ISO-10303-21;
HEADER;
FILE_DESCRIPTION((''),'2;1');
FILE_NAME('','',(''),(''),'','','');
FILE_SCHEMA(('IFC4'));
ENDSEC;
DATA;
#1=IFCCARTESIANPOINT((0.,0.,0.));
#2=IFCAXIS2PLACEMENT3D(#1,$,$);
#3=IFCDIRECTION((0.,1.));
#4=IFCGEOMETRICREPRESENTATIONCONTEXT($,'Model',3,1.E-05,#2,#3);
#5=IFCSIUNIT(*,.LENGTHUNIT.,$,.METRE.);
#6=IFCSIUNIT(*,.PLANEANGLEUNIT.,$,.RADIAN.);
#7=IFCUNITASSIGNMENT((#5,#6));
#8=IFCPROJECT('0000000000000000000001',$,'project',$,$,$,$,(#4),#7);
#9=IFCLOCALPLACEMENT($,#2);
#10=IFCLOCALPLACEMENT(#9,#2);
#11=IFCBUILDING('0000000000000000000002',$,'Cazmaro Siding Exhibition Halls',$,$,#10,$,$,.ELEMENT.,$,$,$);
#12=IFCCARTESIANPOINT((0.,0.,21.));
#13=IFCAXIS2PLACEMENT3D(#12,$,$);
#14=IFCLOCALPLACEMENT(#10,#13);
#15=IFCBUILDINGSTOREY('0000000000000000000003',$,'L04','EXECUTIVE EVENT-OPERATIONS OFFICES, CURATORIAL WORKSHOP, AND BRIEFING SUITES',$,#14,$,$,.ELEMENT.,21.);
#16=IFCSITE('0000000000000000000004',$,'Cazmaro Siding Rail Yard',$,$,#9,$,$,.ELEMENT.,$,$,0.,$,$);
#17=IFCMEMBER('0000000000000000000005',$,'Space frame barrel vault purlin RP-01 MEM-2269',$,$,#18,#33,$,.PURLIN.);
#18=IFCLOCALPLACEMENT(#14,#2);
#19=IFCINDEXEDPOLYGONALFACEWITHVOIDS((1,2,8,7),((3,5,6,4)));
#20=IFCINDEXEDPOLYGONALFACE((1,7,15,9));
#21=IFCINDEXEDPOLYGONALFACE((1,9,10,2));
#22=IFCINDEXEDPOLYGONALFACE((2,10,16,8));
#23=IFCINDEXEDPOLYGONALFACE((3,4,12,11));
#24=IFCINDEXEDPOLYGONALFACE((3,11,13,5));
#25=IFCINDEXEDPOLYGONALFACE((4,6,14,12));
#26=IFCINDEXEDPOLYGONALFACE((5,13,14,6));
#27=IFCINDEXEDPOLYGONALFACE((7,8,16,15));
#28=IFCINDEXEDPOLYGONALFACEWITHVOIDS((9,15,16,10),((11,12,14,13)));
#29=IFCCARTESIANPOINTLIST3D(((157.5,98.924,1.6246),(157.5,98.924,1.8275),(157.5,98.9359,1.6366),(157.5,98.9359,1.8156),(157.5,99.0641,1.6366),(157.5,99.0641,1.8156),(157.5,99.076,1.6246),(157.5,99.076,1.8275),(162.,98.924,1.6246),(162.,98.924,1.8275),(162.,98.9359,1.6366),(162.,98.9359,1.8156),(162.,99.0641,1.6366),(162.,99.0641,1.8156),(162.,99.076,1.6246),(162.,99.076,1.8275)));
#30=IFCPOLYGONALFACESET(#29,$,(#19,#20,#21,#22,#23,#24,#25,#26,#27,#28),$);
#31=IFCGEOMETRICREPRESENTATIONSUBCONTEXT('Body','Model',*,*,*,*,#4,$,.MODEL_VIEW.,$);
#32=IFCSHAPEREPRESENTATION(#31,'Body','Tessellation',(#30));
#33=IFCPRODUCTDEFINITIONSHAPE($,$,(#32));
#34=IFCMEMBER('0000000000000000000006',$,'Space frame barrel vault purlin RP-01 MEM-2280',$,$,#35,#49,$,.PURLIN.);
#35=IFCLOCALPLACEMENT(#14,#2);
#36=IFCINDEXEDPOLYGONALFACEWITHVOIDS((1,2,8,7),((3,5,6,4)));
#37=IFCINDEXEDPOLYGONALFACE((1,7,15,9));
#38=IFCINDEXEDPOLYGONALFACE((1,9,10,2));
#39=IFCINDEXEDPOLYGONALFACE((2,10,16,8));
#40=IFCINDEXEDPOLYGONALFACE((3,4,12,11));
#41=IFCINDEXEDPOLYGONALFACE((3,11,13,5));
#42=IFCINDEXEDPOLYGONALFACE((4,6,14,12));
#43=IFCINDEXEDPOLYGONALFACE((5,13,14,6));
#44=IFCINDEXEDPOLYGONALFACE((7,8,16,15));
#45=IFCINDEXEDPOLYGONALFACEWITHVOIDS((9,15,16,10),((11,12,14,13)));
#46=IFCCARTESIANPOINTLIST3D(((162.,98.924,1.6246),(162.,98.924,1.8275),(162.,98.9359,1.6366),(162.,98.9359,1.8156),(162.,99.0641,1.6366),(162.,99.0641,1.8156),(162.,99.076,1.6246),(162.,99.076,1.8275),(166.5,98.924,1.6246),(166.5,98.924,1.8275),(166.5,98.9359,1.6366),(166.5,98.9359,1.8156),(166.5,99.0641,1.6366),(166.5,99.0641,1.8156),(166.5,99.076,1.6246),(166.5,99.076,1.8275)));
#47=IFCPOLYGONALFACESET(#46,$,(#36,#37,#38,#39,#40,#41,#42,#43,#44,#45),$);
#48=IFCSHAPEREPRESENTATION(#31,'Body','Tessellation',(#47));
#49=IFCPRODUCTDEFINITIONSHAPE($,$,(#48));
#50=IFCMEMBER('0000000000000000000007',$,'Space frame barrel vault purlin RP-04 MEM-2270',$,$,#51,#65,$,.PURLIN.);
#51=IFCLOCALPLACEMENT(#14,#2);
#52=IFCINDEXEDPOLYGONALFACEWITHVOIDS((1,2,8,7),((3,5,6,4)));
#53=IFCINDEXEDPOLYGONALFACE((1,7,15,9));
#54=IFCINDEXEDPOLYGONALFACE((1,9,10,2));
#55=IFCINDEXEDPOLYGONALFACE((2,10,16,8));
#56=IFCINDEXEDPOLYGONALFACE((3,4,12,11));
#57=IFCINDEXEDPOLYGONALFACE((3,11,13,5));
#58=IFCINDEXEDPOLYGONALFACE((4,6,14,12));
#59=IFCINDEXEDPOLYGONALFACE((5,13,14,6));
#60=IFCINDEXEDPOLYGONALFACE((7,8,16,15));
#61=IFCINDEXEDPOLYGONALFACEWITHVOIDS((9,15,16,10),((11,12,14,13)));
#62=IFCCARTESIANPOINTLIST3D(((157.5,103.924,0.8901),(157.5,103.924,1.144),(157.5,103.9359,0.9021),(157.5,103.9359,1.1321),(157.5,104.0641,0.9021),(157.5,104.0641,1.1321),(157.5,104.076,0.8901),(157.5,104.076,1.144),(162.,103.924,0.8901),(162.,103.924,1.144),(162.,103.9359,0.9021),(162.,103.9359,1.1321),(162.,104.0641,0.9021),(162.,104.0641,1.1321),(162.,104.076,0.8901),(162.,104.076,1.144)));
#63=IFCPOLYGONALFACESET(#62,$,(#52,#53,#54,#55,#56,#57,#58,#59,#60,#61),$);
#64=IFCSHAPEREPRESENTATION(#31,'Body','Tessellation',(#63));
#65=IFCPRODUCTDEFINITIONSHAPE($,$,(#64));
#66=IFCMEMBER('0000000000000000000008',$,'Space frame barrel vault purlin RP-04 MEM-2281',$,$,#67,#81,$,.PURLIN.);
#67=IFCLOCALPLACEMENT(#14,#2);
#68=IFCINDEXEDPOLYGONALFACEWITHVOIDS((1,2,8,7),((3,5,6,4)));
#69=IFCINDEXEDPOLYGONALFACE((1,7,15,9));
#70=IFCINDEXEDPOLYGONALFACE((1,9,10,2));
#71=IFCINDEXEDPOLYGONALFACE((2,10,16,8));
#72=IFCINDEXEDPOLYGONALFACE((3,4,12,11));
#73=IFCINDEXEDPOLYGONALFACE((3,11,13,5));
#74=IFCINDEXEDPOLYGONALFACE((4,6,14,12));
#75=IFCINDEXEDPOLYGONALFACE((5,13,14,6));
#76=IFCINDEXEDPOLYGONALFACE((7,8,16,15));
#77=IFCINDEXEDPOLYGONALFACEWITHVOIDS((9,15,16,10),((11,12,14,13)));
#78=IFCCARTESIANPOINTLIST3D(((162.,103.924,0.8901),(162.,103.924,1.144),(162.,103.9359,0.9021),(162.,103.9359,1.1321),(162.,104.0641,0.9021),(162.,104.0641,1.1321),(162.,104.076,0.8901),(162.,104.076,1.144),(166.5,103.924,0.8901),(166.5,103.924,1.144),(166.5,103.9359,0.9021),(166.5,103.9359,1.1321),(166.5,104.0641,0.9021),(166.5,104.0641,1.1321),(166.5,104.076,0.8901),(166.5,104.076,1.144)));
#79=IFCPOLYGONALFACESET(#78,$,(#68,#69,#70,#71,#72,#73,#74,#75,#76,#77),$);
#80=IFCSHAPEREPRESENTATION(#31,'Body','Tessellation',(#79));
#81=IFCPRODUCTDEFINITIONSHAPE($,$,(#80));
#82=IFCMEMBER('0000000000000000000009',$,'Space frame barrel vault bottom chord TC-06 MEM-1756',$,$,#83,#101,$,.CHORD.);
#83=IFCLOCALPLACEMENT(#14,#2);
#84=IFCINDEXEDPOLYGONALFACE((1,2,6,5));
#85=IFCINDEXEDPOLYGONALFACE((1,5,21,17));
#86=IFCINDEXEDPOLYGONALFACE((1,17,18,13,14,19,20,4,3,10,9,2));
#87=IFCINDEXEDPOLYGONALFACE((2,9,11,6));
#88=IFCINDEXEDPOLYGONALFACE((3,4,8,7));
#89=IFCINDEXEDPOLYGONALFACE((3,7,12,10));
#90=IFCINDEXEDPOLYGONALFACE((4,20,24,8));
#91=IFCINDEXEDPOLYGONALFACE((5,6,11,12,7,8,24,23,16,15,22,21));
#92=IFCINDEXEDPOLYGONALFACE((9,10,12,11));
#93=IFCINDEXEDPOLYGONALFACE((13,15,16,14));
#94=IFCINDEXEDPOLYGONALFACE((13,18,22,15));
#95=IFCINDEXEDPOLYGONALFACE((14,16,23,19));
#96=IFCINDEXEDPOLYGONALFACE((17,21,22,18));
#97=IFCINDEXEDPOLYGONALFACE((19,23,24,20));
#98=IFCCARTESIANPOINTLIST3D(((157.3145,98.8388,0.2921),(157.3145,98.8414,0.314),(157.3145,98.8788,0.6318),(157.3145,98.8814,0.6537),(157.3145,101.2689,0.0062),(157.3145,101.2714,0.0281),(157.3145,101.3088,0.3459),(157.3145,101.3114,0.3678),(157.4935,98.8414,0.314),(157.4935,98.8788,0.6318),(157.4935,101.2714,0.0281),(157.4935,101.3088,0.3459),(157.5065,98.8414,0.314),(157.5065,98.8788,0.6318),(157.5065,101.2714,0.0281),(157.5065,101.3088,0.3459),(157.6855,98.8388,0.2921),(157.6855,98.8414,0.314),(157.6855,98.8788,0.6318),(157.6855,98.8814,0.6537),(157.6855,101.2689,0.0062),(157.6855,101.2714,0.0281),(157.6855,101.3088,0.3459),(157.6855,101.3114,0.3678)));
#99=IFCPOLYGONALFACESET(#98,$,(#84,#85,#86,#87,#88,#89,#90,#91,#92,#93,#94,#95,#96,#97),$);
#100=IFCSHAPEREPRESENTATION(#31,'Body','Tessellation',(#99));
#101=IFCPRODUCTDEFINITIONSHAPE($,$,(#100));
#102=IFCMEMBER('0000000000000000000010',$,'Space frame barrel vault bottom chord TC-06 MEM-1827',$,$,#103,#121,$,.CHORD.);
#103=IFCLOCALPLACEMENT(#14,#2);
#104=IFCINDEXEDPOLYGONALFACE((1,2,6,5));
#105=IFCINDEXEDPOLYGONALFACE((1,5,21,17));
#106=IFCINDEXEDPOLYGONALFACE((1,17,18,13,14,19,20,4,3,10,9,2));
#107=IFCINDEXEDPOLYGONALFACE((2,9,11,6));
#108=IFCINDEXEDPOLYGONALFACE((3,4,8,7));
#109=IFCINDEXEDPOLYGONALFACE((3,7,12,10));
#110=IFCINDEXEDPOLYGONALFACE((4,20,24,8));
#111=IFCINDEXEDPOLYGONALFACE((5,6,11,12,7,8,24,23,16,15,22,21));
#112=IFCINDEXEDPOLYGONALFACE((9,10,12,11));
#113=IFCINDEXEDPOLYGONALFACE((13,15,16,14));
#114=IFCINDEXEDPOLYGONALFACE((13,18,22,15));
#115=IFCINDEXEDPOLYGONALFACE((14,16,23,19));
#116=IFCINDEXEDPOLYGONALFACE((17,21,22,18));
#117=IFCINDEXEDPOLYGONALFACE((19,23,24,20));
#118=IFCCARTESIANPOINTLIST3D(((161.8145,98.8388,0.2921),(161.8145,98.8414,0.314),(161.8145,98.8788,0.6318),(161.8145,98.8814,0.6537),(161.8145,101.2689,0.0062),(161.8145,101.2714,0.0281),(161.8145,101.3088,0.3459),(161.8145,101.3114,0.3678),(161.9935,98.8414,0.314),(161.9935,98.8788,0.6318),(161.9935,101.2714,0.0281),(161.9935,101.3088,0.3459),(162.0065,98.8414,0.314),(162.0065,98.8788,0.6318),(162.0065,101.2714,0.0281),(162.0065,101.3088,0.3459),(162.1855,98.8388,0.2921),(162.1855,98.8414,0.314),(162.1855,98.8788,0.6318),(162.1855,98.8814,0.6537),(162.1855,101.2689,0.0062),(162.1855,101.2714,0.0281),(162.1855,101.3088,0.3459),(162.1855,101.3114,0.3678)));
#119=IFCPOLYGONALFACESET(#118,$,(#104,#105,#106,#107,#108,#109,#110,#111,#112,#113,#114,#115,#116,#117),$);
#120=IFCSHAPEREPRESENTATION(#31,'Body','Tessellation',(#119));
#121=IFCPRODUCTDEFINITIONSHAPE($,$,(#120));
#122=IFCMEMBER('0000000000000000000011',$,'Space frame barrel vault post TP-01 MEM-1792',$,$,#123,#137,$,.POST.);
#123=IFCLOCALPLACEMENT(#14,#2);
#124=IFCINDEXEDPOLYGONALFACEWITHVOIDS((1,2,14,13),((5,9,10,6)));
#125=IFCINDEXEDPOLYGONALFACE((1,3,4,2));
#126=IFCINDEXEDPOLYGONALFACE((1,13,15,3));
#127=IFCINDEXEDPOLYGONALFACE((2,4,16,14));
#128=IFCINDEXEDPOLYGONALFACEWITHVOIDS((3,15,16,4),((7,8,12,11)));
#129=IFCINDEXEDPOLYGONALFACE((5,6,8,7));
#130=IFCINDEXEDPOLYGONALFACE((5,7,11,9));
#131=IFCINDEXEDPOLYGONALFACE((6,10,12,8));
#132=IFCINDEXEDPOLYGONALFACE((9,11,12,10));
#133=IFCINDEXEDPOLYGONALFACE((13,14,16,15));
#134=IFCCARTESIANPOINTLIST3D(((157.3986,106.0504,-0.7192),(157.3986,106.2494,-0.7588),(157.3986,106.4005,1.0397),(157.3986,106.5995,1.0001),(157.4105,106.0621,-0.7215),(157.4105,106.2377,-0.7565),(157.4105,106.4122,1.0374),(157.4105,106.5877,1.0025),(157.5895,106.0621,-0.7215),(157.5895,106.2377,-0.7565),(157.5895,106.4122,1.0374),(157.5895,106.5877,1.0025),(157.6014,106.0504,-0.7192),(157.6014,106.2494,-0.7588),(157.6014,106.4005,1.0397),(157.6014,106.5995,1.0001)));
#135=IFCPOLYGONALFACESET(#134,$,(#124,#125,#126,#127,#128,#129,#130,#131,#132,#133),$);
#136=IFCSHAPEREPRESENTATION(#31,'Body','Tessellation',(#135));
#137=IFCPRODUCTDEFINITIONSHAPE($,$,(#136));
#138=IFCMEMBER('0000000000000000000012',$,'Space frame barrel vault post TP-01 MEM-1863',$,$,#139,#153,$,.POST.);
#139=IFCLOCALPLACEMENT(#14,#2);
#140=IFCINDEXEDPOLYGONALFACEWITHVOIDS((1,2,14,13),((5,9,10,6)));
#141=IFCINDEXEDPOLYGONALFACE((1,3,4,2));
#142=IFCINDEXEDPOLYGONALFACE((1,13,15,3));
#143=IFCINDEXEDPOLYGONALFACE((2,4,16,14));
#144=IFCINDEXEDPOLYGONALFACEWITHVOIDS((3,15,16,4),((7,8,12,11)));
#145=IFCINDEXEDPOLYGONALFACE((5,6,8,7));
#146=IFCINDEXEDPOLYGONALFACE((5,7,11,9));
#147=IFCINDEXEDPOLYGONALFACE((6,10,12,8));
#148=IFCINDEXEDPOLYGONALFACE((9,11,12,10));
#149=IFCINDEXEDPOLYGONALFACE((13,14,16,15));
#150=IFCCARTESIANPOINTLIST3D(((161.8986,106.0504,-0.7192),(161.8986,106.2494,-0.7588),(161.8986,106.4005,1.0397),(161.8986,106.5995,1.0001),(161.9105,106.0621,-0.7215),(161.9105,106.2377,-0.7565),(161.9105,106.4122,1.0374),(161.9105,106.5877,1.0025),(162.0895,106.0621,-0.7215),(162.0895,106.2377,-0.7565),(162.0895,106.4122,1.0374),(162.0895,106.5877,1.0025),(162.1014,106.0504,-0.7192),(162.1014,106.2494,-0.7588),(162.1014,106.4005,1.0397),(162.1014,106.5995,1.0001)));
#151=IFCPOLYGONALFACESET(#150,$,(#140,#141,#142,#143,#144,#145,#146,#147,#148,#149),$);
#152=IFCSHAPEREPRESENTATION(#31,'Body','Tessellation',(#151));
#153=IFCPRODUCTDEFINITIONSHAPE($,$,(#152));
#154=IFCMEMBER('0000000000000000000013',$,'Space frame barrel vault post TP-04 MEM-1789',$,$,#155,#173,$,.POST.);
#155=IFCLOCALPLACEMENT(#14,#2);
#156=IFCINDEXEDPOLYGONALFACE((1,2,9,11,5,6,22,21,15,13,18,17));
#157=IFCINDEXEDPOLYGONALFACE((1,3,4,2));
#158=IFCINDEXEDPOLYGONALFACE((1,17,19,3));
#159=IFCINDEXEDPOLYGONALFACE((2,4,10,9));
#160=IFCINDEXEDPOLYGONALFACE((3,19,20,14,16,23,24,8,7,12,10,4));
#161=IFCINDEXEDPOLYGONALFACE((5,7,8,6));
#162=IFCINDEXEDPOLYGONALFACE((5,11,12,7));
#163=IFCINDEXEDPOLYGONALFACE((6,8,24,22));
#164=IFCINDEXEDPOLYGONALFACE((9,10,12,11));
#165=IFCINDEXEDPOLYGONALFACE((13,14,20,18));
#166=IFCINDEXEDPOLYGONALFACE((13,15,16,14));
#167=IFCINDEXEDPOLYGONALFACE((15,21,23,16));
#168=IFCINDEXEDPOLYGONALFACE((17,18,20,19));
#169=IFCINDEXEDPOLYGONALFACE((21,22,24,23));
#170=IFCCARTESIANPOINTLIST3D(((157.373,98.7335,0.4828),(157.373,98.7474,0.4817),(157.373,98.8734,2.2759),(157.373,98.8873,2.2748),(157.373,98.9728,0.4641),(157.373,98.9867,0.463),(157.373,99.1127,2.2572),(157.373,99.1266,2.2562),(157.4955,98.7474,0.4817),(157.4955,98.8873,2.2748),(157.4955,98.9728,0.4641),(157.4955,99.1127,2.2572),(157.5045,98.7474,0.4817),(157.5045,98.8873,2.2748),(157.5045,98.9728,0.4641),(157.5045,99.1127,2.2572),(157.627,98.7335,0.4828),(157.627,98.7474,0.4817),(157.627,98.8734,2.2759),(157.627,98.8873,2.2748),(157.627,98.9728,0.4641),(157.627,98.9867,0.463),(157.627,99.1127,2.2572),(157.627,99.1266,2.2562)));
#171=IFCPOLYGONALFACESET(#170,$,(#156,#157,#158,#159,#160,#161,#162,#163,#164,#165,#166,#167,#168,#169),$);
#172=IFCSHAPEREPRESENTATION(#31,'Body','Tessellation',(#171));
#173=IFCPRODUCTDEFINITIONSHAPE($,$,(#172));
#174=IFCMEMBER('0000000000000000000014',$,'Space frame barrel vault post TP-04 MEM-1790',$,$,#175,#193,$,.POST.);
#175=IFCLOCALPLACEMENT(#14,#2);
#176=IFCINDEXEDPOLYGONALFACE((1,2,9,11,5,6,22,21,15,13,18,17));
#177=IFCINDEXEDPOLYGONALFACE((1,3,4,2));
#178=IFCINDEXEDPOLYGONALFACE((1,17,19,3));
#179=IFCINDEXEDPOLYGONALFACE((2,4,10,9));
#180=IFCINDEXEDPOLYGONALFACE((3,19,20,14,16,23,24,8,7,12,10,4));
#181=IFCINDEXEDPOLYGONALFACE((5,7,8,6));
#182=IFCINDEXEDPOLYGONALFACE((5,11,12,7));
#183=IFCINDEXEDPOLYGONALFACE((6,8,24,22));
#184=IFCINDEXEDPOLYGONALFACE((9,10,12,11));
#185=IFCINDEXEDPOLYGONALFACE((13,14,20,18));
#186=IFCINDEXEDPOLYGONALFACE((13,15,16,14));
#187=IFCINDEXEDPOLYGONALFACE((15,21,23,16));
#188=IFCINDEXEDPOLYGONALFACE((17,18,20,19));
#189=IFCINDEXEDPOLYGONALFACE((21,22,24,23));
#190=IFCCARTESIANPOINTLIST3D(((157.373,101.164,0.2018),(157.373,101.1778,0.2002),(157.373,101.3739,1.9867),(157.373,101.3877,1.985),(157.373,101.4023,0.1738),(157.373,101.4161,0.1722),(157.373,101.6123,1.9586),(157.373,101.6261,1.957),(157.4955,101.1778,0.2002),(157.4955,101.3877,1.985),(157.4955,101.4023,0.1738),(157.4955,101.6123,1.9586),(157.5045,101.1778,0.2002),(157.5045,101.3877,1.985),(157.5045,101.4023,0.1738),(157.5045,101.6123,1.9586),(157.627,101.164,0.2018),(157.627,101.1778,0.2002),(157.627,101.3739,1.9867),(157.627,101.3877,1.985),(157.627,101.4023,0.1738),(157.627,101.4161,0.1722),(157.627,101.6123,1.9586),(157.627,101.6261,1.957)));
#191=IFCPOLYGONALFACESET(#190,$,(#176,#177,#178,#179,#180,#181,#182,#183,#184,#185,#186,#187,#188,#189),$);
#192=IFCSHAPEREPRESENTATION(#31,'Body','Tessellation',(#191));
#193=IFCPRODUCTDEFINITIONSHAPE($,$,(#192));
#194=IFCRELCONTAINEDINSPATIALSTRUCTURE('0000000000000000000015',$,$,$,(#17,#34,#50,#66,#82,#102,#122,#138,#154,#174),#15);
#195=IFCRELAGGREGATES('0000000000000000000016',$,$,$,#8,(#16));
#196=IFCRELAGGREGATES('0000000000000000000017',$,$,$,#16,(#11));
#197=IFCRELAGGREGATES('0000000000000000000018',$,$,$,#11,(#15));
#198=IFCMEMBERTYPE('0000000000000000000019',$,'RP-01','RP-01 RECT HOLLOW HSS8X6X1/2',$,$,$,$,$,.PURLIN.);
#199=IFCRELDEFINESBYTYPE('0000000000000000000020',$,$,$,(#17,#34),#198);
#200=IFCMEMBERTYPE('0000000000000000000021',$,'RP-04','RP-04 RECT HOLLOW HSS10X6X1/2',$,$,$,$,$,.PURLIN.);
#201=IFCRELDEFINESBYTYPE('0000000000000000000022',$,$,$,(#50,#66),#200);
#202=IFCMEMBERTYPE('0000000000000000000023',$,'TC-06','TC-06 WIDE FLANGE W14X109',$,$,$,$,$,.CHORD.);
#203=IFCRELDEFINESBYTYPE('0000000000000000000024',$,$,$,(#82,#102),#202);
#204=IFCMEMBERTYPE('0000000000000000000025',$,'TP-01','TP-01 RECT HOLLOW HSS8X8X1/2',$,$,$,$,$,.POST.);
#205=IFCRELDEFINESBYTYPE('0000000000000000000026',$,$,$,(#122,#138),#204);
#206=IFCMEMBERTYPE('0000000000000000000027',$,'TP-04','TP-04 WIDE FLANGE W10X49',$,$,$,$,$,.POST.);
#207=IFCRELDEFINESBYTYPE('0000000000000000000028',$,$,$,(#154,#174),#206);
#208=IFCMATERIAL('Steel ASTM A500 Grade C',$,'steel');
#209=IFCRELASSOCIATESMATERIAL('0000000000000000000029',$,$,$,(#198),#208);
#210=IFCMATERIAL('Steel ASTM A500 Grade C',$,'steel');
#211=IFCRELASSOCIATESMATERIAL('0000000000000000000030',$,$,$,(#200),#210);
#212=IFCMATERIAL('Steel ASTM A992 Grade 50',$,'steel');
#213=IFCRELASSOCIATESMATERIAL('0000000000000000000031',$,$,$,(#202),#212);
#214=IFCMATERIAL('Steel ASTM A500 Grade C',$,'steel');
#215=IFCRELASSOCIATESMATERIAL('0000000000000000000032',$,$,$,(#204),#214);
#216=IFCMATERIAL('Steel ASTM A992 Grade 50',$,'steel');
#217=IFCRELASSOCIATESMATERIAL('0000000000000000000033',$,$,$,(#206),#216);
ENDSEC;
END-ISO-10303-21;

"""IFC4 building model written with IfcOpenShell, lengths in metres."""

from ifc_helpers import new_model, si_unit, direction, frame, origin, origin_2d, place, context, subcontext, project, spatial, hollow_rectangle, i_section, extrude, material, material_profile, profile_set, type_object, element, save


model = new_model("IFC4")

# Units and contexts
model_context = context("Model", 3, precision=1e-05, world=origin(), true_north=direction((0.0, 1.0)))
body_context = subcontext(model_context, "Body", "Model", "MODEL_VIEW")
ifc_project = project(units=[si_unit("LENGTHUNIT", "METRE"), si_unit("PLANEANGLEUNIT", "RADIAN")], contexts=[model_context])

# Site, building, storey
site_placement = place(None, origin())
site = spatial("IfcSite", under=ifc_project, at=site_placement, Name="Cazmaro Siding Rail Yard", CompositionType="ELEMENT", RefElevation=0.0)
building_placement = place(site_placement, origin())
building = spatial("IfcBuilding", under=site, at=building_placement, Name="Cazmaro Siding Exhibition Halls", CompositionType="ELEMENT")
storey_placement = place(building_placement, frame((0.0, 0.0, 21.0)))
storey = spatial("IfcBuildingStorey", under=building, at=storey_placement, Name="L04", Description="EXECUTIVE EVENT-OPERATIONS OFFICES, CURATORIAL WORKSHOP, AND BRIEFING SUITES", CompositionType="ELEMENT", Elevation=21.0)

# Members
ifc_material_1 = material(Name="Steel ASTM A500 Grade C", Category="steel")
ifc_material_profile_1 = material_profile(ifc_material_1, hollow_rectangle(XDim=0.1521, YDim=0.2029, WallThickness=0.012, at=origin_2d()), Name="HSS8X6X1/2")
ifc_profile_set_1 = profile_set([ifc_material_profile_1], Name="Steel ASTM A500 Grade C")
member_type_1 = type_object("IfcMemberType", Name="RP-01", Description="RP-01 RECT HOLLOW HSS8X6X1/2", PredefinedType="PURLIN", material=ifc_profile_set_1)
for number, where, z_axis, x_axis, name in (
    (1, (157.5, 99.0, 1.7261), (1.0, 0.0, 0.0), (0.0, 1.0, 0.0), "Space frame barrel vault purlin RP-01 MEM-2269"),
    (2, (162.0, 99.0, 1.7261), (1.0, 0.0, 0.0), (0.0, 1.0, 0.0), "Space frame barrel vault purlin RP-01 MEM-2280"),
):
    element("IfcMember", number, at=place(storey_placement, frame(where, z_axis=z_axis, x_axis=x_axis)), inside=storey, type_object=member_type_1, Name=name, PredefinedType="PURLIN", context=body_context, shape_type="SweptSolid", body=[
        extrude(hollow_rectangle(XDim=0.1521, YDim=0.2029, WallThickness=0.012, at=origin_2d()), origin(), (0.0, 0.0, 1.0), 4.5),
    ])
ifc_material_2 = material(Name="Steel ASTM A500 Grade C", Category="steel")
ifc_material_profile_2 = material_profile(ifc_material_2, hollow_rectangle(XDim=0.1521, YDim=0.2539, WallThickness=0.012, at=origin_2d()), Name="HSS10X6X1/2")
ifc_profile_set_2 = profile_set([ifc_material_profile_2], Name="Steel ASTM A500 Grade C")
member_type_2 = type_object("IfcMemberType", Name="RP-04", Description="RP-04 RECT HOLLOW HSS10X6X1/2", PredefinedType="PURLIN", material=ifc_profile_set_2)
for number, where, z_axis, x_axis, name in (
    (3, (157.5, 104.0, 1.0171), (1.0, 0.0, 0.0), (0.0, 1.0, 0.0), "Space frame barrel vault purlin RP-04 MEM-2270"),
    (4, (162.0, 104.0, 1.0171), (1.0, 0.0, 0.0), (0.0, 1.0, 0.0), "Space frame barrel vault purlin RP-04 MEM-2281"),
):
    element("IfcMember", number, at=place(storey_placement, frame(where, z_axis=z_axis, x_axis=x_axis)), inside=storey, type_object=member_type_2, Name=name, PredefinedType="PURLIN", context=body_context, shape_type="SweptSolid", body=[
        extrude(hollow_rectangle(XDim=0.1521, YDim=0.2539, WallThickness=0.012, at=origin_2d()), origin(), (0.0, 0.0, 1.0), 4.5),
    ])
ifc_material_3 = material(Name="Steel ASTM A992 Grade 50", Category="steel")
ifc_material_profile_3 = material_profile(ifc_material_3, i_section(OverallWidth=0.3711, OverallDepth=0.364, WebThickness=0.0129, FlangeThickness=0.022, at=origin_2d()), Name="W14X109")
ifc_profile_set_3 = profile_set([ifc_material_profile_3], Name="Steel ASTM A992 Grade 50")
member_type_3 = type_object("IfcMemberType", Name="TC-06", Description="TC-06 WIDE FLANGE W14X109", PredefinedType="CHORD", material=ifc_profile_set_3)
for number, where, z_axis, x_axis, name in (
    (5, (157.5, 98.8601, 0.4729), (0.0, 0.99315, -0.116847), (-1.0, 0.0, 0.0), "Space frame barrel vault bottom chord TC-06 MEM-1756"),
    (6, (162.0, 98.8601, 0.4729), (0.0, 0.99315, -0.116847), (-1.0, 0.0, 0.0), "Space frame barrel vault bottom chord TC-06 MEM-1827"),
):
    element("IfcMember", number, at=place(storey_placement, frame(where, z_axis=z_axis, x_axis=x_axis)), inside=storey, type_object=member_type_3, Name=name, PredefinedType="CHORD", context=body_context, shape_type="SweptSolid", body=[
        extrude(i_section(OverallWidth=0.3711, OverallDepth=0.364, WebThickness=0.0129, FlangeThickness=0.022, at=origin_2d()), origin(), (0.0, 0.0, 1.0), 2.4468),
    ])
ifc_material_4 = material(Name="Steel ASTM A500 Grade C", Category="steel")
ifc_material_profile_4 = material_profile(ifc_material_4, hollow_rectangle(XDim=0.2029, YDim=0.2029, WallThickness=0.012, at=origin_2d()), Name="HSS8X8X1/2")
ifc_profile_set_4 = profile_set([ifc_material_profile_4], Name="Steel ASTM A500 Grade C")
member_type_4 = type_object("IfcMemberType", Name="TP-01", Description="TP-01 RECT HOLLOW HSS8X8X1/2", PredefinedType="POST", material=ifc_profile_set_4)
for number, where, z_axis, x_axis, name in (
    (7, (157.5, 106.1499, -0.739), (0.0, 0.1952, 0.980763), (-1.0, 0.0, 0.0), "Space frame barrel vault post TP-01 MEM-1792"),
    (8, (162.0, 106.1499, -0.739), (0.0, 0.1952, 0.980763), (-1.0, 0.0, 0.0), "Space frame barrel vault post TP-01 MEM-1863"),
):
    element("IfcMember", number, at=place(storey_placement, frame(where, z_axis=z_axis, x_axis=x_axis)), inside=storey, type_object=member_type_4, Name=name, PredefinedType="POST", context=body_context, shape_type="SweptSolid", body=[
        extrude(hollow_rectangle(XDim=0.2029, YDim=0.2029, WallThickness=0.012, at=origin_2d()), origin(), (0.0, 0.0, 1.0), 1.7935),
    ])
ifc_material_5 = material(Name="Steel ASTM A992 Grade 50", Category="steel")
ifc_material_profile_5 = material_profile(ifc_material_5, i_section(OverallWidth=0.2539, OverallDepth=0.2539, WebThickness=0.009, FlangeThickness=0.0139, at=origin_2d()), Name="W10X49")
ifc_profile_set_5 = profile_set([ifc_material_profile_5], Name="Steel ASTM A992 Grade 50")
member_type_5 = type_object("IfcMemberType", Name="TP-04", Description="TP-04 WIDE FLANGE W10X49", PredefinedType="POST", material=ifc_profile_set_5)
member_1_placement = place(storey_placement, frame((157.5, 98.8601, 0.4729), z_axis=(0.0, 0.077776, 0.996971), x_axis=(-1.0, 0.0, 0.0)))
element("IfcMember", 9, at=member_1_placement, inside=storey, type_object=member_type_5, Name="Space frame barrel vault post TP-04 MEM-1789", PredefinedType="POST", context=body_context, shape_type="SweptSolid", body=[
    extrude(i_section(OverallWidth=0.2539, OverallDepth=0.2539, WebThickness=0.009, FlangeThickness=0.0139, at=origin_2d()), origin(), (0.0, 0.0, 1.0), 1.7986),
])
member_2_placement = place(storey_placement, frame((157.5, 101.29, 0.187), z_axis=(0.0, 0.116825, 0.993152), x_axis=(-1.0, 0.0, 0.0)))
element("IfcMember", 10, at=member_2_placement, inside=storey, type_object=member_type_5, Name="Space frame barrel vault post TP-04 MEM-1790", PredefinedType="POST", context=body_context, shape_type="SweptSolid", body=[
    extrude(i_section(OverallWidth=0.2539, OverallDepth=0.2539, WebThickness=0.009, FlangeThickness=0.0139, at=origin_2d()), origin(), (0.0, 0.0, 1.0), 1.7971),
])

save(model, "model.ifc")
